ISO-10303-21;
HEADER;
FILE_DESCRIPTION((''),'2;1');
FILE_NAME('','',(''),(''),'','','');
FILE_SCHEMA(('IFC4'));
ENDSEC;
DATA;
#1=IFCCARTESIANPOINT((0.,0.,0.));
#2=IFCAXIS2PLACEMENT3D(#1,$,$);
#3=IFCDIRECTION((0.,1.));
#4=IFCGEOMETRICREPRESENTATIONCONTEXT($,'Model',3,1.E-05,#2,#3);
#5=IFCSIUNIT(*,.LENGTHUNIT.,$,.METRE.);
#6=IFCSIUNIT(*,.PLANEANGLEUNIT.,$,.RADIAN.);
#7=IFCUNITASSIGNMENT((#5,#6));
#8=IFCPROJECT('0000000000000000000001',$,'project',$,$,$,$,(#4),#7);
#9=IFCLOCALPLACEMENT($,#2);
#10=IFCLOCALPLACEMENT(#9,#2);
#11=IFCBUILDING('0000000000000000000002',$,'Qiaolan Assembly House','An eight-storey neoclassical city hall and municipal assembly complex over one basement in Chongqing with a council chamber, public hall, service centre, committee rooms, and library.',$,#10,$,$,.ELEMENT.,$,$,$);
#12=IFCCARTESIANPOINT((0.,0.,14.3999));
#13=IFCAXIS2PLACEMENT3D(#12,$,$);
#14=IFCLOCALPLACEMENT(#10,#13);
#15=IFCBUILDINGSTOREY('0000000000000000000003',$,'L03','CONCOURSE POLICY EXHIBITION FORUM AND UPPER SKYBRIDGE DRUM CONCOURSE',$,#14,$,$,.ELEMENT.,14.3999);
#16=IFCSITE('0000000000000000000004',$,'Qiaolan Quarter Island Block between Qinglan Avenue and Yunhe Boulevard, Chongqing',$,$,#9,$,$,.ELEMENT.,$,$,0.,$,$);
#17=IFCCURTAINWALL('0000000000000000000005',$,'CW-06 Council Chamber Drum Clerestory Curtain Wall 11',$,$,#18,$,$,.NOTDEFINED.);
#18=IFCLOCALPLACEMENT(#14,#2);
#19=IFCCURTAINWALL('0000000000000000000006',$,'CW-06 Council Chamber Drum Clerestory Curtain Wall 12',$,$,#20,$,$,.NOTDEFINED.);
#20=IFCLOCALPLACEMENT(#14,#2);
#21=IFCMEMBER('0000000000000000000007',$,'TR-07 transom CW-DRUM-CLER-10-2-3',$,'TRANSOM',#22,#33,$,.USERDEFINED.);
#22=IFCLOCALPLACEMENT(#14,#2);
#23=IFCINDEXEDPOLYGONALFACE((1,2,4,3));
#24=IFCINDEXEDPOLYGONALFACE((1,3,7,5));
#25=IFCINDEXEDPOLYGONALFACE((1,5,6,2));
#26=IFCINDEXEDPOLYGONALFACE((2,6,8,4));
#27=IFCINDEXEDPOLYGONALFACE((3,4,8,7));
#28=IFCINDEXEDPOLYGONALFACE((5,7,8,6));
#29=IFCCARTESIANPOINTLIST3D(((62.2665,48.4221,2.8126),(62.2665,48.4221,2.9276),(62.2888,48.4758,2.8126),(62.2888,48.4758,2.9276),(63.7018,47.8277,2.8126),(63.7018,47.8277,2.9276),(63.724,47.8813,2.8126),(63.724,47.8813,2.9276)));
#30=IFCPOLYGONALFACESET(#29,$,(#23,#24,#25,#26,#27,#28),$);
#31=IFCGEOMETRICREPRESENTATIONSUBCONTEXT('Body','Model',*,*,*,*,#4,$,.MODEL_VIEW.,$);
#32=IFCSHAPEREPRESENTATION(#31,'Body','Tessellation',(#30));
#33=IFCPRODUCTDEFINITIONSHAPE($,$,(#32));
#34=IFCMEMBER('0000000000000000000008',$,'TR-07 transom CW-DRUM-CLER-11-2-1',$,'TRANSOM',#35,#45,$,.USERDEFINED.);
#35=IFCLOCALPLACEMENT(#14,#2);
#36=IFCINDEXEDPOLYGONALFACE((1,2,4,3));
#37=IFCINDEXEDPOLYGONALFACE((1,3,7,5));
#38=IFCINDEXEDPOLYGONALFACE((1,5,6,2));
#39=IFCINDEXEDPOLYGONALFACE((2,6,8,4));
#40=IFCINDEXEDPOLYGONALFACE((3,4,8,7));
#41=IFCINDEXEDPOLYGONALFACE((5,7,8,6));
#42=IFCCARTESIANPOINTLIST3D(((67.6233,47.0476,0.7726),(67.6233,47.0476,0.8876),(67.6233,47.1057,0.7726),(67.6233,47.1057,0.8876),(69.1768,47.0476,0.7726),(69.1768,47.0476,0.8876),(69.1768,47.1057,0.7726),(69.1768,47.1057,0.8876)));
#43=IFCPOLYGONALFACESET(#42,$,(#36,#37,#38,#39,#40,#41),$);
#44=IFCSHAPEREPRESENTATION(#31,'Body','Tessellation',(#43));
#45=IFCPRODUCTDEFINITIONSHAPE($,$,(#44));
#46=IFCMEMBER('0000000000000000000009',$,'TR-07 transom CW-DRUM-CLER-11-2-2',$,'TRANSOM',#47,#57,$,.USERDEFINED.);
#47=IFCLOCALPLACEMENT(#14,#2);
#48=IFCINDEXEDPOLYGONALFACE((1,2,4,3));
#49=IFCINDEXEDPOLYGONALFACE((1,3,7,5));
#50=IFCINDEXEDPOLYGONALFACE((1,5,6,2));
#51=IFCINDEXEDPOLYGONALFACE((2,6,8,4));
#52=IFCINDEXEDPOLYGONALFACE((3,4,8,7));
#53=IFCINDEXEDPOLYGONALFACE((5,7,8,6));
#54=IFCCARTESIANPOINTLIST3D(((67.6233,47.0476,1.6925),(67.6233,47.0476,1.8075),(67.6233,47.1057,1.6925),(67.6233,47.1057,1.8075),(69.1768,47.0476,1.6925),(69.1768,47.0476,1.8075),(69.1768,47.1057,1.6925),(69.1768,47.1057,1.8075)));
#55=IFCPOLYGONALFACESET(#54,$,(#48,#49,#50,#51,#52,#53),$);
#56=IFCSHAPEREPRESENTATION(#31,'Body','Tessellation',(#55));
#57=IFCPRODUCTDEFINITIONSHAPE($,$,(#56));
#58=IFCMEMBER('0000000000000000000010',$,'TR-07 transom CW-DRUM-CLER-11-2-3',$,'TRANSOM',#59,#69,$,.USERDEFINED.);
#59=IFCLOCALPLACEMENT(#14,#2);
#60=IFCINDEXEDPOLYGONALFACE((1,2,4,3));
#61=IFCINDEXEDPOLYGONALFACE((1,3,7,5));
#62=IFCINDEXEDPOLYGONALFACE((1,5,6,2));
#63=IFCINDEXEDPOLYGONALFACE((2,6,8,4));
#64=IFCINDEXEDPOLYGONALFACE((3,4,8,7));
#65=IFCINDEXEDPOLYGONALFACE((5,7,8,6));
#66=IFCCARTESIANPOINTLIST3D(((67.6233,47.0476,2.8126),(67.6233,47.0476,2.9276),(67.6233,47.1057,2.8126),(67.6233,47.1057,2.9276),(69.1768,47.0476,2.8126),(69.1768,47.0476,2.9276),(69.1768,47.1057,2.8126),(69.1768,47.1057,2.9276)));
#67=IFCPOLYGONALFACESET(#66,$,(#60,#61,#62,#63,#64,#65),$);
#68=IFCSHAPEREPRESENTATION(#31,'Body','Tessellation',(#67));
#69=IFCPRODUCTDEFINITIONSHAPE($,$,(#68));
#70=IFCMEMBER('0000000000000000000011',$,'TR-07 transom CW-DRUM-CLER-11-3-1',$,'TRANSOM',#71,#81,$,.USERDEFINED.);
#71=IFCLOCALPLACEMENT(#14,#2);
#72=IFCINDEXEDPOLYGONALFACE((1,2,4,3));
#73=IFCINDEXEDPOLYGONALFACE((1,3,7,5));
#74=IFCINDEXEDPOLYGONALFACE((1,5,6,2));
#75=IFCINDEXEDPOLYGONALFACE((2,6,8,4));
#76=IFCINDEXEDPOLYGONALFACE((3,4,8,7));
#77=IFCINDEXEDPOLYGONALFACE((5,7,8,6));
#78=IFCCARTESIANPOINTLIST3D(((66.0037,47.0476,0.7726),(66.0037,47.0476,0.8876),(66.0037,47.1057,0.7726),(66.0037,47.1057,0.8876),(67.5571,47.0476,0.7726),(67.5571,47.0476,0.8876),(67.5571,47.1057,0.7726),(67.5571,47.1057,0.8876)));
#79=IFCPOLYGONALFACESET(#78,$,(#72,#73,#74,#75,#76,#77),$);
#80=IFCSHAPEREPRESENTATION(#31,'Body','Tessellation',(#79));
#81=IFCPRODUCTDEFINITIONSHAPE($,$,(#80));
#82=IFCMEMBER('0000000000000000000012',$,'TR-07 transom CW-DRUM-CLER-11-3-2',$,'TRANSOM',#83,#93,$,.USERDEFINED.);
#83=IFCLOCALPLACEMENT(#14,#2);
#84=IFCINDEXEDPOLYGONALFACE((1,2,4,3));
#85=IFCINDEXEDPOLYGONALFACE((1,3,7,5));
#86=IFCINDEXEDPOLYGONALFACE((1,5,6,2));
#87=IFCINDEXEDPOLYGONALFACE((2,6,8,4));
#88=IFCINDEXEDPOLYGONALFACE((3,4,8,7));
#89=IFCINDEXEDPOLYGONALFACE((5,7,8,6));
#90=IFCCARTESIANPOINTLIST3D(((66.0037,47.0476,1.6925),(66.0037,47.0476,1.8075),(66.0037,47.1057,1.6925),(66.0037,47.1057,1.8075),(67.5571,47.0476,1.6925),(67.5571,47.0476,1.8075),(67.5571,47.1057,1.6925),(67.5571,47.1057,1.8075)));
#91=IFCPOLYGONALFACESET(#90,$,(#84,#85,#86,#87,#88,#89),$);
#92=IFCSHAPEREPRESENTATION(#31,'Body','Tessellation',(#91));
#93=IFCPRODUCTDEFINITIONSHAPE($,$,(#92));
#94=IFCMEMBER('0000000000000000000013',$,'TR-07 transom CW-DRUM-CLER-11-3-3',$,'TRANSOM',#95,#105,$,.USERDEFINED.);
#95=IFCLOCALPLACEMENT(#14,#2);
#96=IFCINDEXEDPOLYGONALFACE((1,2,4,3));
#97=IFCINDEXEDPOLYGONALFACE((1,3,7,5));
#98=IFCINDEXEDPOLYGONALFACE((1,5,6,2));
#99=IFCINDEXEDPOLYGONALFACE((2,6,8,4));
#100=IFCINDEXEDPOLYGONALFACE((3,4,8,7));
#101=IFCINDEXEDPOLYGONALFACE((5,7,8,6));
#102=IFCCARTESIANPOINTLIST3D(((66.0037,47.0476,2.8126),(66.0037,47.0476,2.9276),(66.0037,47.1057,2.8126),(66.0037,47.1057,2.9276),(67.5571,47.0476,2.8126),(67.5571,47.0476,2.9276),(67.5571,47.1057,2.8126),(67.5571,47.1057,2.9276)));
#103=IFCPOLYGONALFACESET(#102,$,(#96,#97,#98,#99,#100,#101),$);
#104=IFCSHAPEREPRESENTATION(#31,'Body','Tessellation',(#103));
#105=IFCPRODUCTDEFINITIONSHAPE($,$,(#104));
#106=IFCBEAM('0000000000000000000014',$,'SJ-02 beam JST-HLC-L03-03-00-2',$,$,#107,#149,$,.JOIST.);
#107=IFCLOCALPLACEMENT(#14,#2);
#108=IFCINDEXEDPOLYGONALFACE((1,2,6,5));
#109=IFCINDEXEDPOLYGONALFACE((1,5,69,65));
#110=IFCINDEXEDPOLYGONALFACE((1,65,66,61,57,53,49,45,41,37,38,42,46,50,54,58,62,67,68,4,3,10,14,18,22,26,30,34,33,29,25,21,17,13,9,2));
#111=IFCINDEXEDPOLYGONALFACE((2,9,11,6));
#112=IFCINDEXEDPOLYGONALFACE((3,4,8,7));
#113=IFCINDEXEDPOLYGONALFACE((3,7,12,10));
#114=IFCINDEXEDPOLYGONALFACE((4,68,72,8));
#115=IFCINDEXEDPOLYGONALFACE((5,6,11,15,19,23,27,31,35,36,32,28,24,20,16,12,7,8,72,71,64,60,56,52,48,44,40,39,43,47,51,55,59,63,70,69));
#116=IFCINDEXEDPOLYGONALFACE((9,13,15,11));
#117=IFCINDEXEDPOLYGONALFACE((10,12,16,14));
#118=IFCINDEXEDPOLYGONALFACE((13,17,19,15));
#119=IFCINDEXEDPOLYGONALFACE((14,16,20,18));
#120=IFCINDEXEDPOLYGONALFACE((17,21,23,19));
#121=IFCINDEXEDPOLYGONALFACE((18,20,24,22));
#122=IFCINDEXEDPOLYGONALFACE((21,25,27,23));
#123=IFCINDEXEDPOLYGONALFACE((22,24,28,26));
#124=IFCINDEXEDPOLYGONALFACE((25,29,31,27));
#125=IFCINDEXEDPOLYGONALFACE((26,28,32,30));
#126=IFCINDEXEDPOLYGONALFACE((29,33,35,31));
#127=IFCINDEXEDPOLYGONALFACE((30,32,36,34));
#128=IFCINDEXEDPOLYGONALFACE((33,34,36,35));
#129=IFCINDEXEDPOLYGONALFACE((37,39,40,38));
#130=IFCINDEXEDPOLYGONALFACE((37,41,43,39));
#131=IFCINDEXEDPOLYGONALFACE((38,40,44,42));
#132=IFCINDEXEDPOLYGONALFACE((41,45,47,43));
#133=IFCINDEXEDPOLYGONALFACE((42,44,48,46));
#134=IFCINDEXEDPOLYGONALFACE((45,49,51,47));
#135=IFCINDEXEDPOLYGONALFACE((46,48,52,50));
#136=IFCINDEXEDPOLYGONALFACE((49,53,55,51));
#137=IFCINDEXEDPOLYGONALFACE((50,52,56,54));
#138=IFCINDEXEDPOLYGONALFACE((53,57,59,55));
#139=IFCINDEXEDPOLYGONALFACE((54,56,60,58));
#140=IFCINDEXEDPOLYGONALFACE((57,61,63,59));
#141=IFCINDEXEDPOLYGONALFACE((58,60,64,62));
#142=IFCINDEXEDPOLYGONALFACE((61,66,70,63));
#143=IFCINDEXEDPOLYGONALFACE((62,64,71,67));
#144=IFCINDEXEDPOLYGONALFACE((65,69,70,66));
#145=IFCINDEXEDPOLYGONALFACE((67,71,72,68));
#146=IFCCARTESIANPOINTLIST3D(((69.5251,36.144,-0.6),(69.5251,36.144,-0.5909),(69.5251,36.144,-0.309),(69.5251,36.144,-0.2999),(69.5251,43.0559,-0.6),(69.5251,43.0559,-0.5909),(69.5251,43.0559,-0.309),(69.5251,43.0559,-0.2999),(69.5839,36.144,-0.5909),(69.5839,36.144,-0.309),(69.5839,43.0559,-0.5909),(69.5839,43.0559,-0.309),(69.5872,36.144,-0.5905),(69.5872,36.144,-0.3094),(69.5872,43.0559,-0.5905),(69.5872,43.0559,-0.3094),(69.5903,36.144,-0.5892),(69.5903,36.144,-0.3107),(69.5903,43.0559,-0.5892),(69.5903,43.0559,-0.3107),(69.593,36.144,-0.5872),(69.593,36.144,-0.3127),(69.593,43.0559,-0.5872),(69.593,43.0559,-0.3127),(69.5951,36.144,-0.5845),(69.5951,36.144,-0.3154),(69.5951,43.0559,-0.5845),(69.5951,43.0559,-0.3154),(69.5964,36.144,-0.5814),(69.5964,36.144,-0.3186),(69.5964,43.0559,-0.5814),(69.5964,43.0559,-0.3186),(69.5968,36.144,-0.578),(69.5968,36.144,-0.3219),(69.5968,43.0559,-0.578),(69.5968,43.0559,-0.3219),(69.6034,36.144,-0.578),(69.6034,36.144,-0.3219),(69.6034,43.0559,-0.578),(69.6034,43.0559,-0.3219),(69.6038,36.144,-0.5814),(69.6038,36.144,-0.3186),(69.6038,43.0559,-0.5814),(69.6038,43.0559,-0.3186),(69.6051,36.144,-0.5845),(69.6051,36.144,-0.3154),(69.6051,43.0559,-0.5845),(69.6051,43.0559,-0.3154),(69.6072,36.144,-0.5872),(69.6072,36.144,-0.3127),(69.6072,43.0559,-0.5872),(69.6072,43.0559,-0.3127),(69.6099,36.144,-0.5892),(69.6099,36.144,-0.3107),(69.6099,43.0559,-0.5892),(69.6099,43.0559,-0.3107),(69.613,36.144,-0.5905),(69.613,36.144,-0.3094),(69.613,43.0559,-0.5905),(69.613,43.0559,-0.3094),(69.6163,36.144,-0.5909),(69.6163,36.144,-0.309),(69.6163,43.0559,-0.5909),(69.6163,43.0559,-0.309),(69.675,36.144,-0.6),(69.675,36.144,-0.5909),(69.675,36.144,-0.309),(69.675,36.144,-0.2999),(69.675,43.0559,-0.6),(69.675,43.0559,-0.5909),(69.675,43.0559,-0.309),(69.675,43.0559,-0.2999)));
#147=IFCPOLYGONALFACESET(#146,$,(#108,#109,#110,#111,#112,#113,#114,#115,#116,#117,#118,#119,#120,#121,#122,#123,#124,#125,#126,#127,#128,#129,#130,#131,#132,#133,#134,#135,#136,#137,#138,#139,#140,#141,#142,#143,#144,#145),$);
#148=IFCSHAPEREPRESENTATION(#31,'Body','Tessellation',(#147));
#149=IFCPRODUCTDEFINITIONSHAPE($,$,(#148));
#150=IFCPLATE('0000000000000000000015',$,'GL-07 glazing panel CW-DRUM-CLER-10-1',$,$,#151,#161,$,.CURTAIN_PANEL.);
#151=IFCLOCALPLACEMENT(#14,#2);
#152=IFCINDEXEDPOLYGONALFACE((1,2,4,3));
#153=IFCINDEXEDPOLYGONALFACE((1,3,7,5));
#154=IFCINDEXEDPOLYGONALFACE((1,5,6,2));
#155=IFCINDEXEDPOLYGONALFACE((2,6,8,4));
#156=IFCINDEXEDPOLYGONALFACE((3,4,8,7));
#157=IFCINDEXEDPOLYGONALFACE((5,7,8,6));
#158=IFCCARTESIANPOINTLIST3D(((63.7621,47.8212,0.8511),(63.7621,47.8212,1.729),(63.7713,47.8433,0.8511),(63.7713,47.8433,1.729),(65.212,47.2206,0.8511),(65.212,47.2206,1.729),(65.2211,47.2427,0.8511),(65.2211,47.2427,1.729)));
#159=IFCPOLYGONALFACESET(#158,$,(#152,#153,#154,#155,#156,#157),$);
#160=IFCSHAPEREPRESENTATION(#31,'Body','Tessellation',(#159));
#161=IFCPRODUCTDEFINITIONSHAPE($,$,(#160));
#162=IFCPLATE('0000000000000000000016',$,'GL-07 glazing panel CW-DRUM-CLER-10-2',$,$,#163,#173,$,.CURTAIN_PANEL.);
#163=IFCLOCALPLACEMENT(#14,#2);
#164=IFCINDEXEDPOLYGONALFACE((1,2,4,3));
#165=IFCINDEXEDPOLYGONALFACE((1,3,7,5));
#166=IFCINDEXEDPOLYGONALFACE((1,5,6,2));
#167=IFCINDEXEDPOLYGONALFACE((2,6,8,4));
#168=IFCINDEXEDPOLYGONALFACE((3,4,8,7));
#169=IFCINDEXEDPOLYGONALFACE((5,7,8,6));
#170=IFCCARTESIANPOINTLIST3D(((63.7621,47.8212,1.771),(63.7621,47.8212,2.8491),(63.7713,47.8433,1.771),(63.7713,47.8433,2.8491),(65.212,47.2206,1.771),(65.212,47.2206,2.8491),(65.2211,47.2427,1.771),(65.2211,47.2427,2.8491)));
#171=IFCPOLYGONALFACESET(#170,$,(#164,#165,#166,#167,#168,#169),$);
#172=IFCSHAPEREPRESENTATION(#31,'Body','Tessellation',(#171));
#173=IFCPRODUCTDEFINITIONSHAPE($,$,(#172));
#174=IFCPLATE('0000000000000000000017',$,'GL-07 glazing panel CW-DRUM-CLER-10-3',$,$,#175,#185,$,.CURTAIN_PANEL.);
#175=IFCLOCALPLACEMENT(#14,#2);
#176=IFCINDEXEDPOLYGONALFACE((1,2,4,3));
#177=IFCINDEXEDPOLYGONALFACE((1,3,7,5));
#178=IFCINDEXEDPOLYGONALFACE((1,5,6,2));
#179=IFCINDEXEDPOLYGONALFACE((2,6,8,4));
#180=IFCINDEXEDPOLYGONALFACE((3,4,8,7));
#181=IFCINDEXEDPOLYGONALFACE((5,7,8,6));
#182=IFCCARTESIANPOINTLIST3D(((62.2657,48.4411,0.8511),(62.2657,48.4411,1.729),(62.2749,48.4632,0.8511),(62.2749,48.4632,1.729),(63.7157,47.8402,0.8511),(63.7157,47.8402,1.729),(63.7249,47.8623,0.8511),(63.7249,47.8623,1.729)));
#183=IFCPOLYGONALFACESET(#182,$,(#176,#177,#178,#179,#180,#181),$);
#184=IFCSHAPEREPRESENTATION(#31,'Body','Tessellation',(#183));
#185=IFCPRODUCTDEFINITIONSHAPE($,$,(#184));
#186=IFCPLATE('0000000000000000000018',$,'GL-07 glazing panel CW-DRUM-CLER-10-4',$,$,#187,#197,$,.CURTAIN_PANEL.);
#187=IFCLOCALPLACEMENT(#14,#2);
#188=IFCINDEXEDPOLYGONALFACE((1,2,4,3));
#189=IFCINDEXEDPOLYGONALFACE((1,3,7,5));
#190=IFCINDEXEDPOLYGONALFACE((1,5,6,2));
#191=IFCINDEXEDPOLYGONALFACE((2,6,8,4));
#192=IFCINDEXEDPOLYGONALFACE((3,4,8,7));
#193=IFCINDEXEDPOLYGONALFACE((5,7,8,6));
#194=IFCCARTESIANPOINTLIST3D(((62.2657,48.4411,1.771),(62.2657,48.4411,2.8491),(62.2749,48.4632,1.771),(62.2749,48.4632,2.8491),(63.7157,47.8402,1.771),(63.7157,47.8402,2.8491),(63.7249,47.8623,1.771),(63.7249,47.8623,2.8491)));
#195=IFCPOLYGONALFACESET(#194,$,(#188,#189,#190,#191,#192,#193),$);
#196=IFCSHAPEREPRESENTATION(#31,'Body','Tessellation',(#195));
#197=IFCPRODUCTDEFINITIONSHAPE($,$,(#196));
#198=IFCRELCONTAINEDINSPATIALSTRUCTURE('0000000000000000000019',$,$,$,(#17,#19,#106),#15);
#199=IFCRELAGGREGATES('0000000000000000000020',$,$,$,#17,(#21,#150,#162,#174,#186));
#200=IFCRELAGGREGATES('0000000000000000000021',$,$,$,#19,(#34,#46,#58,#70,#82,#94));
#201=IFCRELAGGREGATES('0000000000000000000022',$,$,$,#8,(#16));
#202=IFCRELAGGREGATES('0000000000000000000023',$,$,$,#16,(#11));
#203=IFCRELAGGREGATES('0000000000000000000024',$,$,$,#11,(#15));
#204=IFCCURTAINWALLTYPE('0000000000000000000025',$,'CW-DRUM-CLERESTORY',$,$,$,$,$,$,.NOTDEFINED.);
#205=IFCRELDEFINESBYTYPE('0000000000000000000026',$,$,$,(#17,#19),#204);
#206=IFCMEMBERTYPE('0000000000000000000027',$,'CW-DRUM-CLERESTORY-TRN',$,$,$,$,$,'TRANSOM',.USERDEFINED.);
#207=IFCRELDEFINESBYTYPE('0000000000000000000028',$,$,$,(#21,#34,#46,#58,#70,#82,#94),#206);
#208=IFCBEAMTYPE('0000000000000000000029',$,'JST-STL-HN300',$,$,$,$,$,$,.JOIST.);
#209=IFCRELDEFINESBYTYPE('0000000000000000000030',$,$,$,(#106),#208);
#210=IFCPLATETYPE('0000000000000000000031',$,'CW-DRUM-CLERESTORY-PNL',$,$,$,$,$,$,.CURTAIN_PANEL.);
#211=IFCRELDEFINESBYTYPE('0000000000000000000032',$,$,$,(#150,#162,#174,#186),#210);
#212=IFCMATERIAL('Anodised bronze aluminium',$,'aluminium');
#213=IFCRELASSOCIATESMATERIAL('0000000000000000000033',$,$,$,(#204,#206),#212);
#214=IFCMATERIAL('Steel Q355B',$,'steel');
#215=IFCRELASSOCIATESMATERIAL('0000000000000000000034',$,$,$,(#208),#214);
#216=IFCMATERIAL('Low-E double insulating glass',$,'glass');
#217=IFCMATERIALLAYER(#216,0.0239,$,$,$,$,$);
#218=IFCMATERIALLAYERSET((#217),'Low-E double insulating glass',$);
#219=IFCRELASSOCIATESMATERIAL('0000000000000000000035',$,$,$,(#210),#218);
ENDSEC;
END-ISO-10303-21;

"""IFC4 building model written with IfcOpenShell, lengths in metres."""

from ifc_helpers import new_model, si_unit, direction, frame, frame_2d, origin, origin_2d, place, context, subcontext, project, spatial, rectangle, i_section, extrude, material, layer, layer_set, material_profile, profile_set, type_object, element, aggregate, save


model = new_model("IFC4")

# Units and contexts
model_context = context("Model", 3, precision=1e-05, world=origin(), true_north=direction((0.0, 1.0)))
body_context = subcontext(model_context, "Body", "Model", "MODEL_VIEW")
ifc_project = project(units=[si_unit("LENGTHUNIT", "METRE"), si_unit("PLANEANGLEUNIT", "RADIAN")], contexts=[model_context])

# Site, building, storey
site_placement = place(None, origin())
site = spatial("IfcSite", under=ifc_project, at=site_placement, Name="Qiaolan Quarter Island Block between Qinglan Avenue and Yunhe Boulevard, Chongqing", CompositionType="ELEMENT", RefElevation=0.0)
building_placement = place(site_placement, origin())
building = spatial("IfcBuilding", under=site, at=building_placement, Name="Qiaolan Assembly House", Description="An eight-storey neoclassical city hall and municipal assembly complex over one basement in Chongqing with a council chamber, public hall, service centre, committee rooms, and library.", CompositionType="ELEMENT")
storey_placement = place(building_placement, frame((0.0, 0.0, 14.3999)))
storey = spatial("IfcBuildingStorey", under=building, at=storey_placement, Name="L03", Description="CONCOURSE POLICY EXHIBITION FORUM AND UPPER SKYBRIDGE DRUM CONCOURSE", CompositionType="ELEMENT", Elevation=14.3999)

# Shared definitions
ifc_material_1 = material(Name="Steel Q355B", Category="steel")

# Curtain walls
ifc_material_2 = material(Name="Anodised bronze aluminium", Category="aluminium")
curtain_wall_type = type_object("IfcCurtainWallType", Name="CW-DRUM-CLERESTORY", PredefinedType="NOTDEFINED", material=ifc_material_2)
curtain_wall_1_placement = place(storey_placement, origin())
curtain_wall_1 = element("IfcCurtainWall", 1, at=curtain_wall_1_placement, inside=storey, type_object=curtain_wall_type, Name="CW-06 Council Chamber Drum Clerestory Curtain Wall 11", PredefinedType="NOTDEFINED")
curtain_wall_2_placement = place(storey_placement, origin())
curtain_wall_2 = element("IfcCurtainWall", 2, at=curtain_wall_2_placement, inside=storey, type_object=curtain_wall_type, Name="CW-06 Council Chamber Drum Clerestory Curtain Wall 12", PredefinedType="NOTDEFINED")

# Members
ifc_material_profile_1 = material_profile(ifc_material_2, rectangle(XDim=0.0581, YDim=0.115, at=origin_2d()), Name="TRN 58x115")
ifc_profile_set_1 = profile_set([ifc_material_profile_1], Name="Anodised bronze aluminium")
member_type_1 = type_object("IfcMemberType", Name="CW-DRUM-CLERESTORY-TRN", ElementType="TRANSOM", PredefinedType="USERDEFINED", material=ifc_profile_set_1)
member_1_placement = place(storey_placement, frame((63.7129, 47.8545, 2.8701), z_axis=(-0.923889, 0.382662, 0.0), x_axis=(-0.382662, -0.923889, 0.0)))
member_1 = element("IfcMember", 3, at=member_1_placement, type_object=member_type_1, Name="TR-07 transom CW-DRUM-CLER-10-2-3", ObjectType="TRANSOM", PredefinedType="USERDEFINED", context=body_context, shape_type="SweptSolid", body=[
    extrude(rectangle(XDim=0.0581, YDim=0.115, at=origin_2d()), origin(), (0.0, 0.0, 1.0), 1.5535),
])
member_2_placement = place(storey_placement, frame((69.1768, 47.0767, 0.8301), z_axis=(-1.0, 0.0, 0.0), x_axis=(0.0, -1.0, 0.0)))
member_2 = element("IfcMember", 4, at=member_2_placement, type_object=member_type_1, Name="TR-07 transom CW-DRUM-CLER-11-2-1", ObjectType="TRANSOM", PredefinedType="USERDEFINED", context=body_context, shape_type="SweptSolid", body=[
    extrude(rectangle(XDim=0.0581, YDim=0.115, at=origin_2d()), origin(), (0.0, 0.0, 1.0), 1.5535),
])
member_3_placement = place(storey_placement, frame((69.1768, 47.0767, 1.75), z_axis=(-1.0, 0.0, 0.0), x_axis=(0.0, -1.0, 0.0)))
member_3 = element("IfcMember", 5, at=member_3_placement, type_object=member_type_1, Name="TR-07 transom CW-DRUM-CLER-11-2-2", ObjectType="TRANSOM", PredefinedType="USERDEFINED", context=body_context, shape_type="SweptSolid", body=[
    extrude(rectangle(XDim=0.0581, YDim=0.115, at=origin_2d()), origin(), (0.0, 0.0, 1.0), 1.5535),
])
member_4_placement = place(storey_placement, frame((69.1768, 47.0767, 2.8701), z_axis=(-1.0, 0.0, 0.0), x_axis=(0.0, -1.0, 0.0)))
member_4 = element("IfcMember", 6, at=member_4_placement, type_object=member_type_1, Name="TR-07 transom CW-DRUM-CLER-11-2-3", ObjectType="TRANSOM", PredefinedType="USERDEFINED", context=body_context, shape_type="SweptSolid", body=[
    extrude(rectangle(XDim=0.0581, YDim=0.115, at=origin_2d()), origin(), (0.0, 0.0, 1.0), 1.5535),
])
member_5_placement = place(storey_placement, frame((67.5571, 47.0767, 0.8301), z_axis=(-1.0, 0.0, 0.0), x_axis=(0.0, -1.0, 0.0)))
member_5 = element("IfcMember", 7, at=member_5_placement, type_object=member_type_1, Name="TR-07 transom CW-DRUM-CLER-11-3-1", ObjectType="TRANSOM", PredefinedType="USERDEFINED", context=body_context, shape_type="SweptSolid", body=[
    extrude(rectangle(XDim=0.0581, YDim=0.115, at=origin_2d()), origin(), (0.0, 0.0, 1.0), 1.5535),
])
member_6_placement = place(storey_placement, frame((67.5571, 47.0767, 1.75), z_axis=(-1.0, 0.0, 0.0), x_axis=(0.0, -1.0, 0.0)))
member_6 = element("IfcMember", 8, at=member_6_placement, type_object=member_type_1, Name="TR-07 transom CW-DRUM-CLER-11-3-2", ObjectType="TRANSOM", PredefinedType="USERDEFINED", context=body_context, shape_type="SweptSolid", body=[
    extrude(rectangle(XDim=0.0581, YDim=0.115, at=origin_2d()), origin(), (0.0, 0.0, 1.0), 1.5535),
])
member_7_placement = place(storey_placement, frame((67.5571, 47.0767, 2.8701), z_axis=(-1.0, 0.0, 0.0), x_axis=(0.0, -1.0, 0.0)))
member_7 = element("IfcMember", 9, at=member_7_placement, type_object=member_type_1, Name="TR-07 transom CW-DRUM-CLER-11-3-3", ObjectType="TRANSOM", PredefinedType="USERDEFINED", context=body_context, shape_type="SweptSolid", body=[
    extrude(rectangle(XDim=0.0581, YDim=0.115, at=origin_2d()), origin(), (0.0, 0.0, 1.0), 1.5535),
])

# Beam
ifc_material_profile_2 = material_profile(ifc_material_1, i_section(OverallWidth=0.1499, OverallDepth=0.3, WebThickness=0.0066, FlangeThickness=0.009, FilletRadius=0.0129, at=origin_2d()), Name="HN 300x150x6.5x9")
ifc_profile_set_2 = profile_set([ifc_material_profile_2], Name="Steel Q355B")
beam_type_1 = type_object("IfcBeamType", Name="JST-STL-HN300", PredefinedType="JOIST", material=ifc_profile_set_2)
beam_1_placement = place(storey_placement, frame((69.6001, 36.144, -0.45), z_axis=(0.0, 1.0, 0.0), x_axis=(-1.0, 0.0, 0.0)))
element("IfcBeam", 10, at=beam_1_placement, inside=storey, type_object=beam_type_1, Name="SJ-02 beam JST-HLC-L03-03-00-2", PredefinedType="JOIST", context=body_context, shape_type="SweptSolid", body=[
    extrude(i_section(OverallWidth=0.1499, OverallDepth=0.3, WebThickness=0.0066, FlangeThickness=0.009, FilletRadius=0.0129, at=origin_2d()), origin(), (0.0, 0.0, 1.0), 6.9119),
])

# Plates
ifc_material_3 = material(Name="Low-E double insulating glass", Category="glass")
ifc_layer_1 = layer(ifc_material_3, 0.0239)
ifc_layer_set_1 = layer_set([ifc_layer_1], Name="Low-E double insulating glass")
plate_type_1 = type_object("IfcPlateType", Name="CW-DRUM-CLERESTORY-PNL", PredefinedType="CURTAIN_PANEL", material=ifc_layer_set_1)
plate_1_placement = place(storey_placement, frame((65.2166, 47.2317, 0.8511), z_axis=(0.0, 0.0, 1.0), x_axis=(-0.92388, 0.382682, 0.0)))
plate_1 = element("IfcPlate", 11, at=plate_1_placement, type_object=plate_type_1, Name="GL-07 glazing panel CW-DRUM-CLER-10-1", PredefinedType="CURTAIN_PANEL", context=body_context, shape_type="SweptSolid", body=[
    extrude(rectangle(XDim=1.5693, YDim=0.0239, at=frame_2d((0.7847, 0.0))), origin(), (0.0, 0.0, 1.0), 0.8779),
])
plate_2_placement = place(storey_placement, frame((65.2166, 47.2317, 1.771), z_axis=(0.0, 0.0, 1.0), x_axis=(-0.92388, 0.382682, 0.0)))
plate_2 = element("IfcPlate", 12, at=plate_2_placement, type_object=plate_type_1, Name="GL-07 glazing panel CW-DRUM-CLER-10-2", PredefinedType="CURTAIN_PANEL", context=body_context, shape_type="SweptSolid", body=[
    extrude(rectangle(XDim=1.5693, YDim=0.0239, at=frame_2d((0.7847, 0.0))), origin(), (0.0, 0.0, 1.0), 1.0781),
])
plate_3_placement = place(storey_placement, frame((63.7202, 47.8513, 0.8511), z_axis=(0.0, 0.0, 1.0), x_axis=(-0.923825, 0.382814, 0.0)))
plate_3 = element("IfcPlate", 13, at=plate_3_placement, type_object=plate_type_1, Name="GL-07 glazing panel CW-DRUM-CLER-10-3", PredefinedType="CURTAIN_PANEL", context=body_context, shape_type="SweptSolid", body=[
    extrude(rectangle(XDim=1.5696, YDim=0.0239, at=frame_2d((0.7847, 0.0))), origin(), (0.0, 0.0, 1.0), 0.8779),
])
plate_4_placement = place(storey_placement, frame((63.7202, 47.8513, 1.771), z_axis=(0.0, 0.0, 1.0), x_axis=(-0.923825, 0.382814, 0.0)))
plate_4 = element("IfcPlate", 14, at=plate_4_placement, type_object=plate_type_1, Name="GL-07 glazing panel CW-DRUM-CLER-10-4", PredefinedType="CURTAIN_PANEL", context=body_context, shape_type="SweptSolid", body=[
    extrude(rectangle(XDim=1.5696, YDim=0.0239, at=frame_2d((0.7847, 0.0))), origin(), (0.0, 0.0, 1.0), 1.0781),
])
aggregate(curtain_wall_1, [member_1, plate_1, plate_2, plate_3, plate_4])
aggregate(curtain_wall_2, [member_2, member_3, member_4, member_5, member_6, member_7])

save(model, "model.ifc")
